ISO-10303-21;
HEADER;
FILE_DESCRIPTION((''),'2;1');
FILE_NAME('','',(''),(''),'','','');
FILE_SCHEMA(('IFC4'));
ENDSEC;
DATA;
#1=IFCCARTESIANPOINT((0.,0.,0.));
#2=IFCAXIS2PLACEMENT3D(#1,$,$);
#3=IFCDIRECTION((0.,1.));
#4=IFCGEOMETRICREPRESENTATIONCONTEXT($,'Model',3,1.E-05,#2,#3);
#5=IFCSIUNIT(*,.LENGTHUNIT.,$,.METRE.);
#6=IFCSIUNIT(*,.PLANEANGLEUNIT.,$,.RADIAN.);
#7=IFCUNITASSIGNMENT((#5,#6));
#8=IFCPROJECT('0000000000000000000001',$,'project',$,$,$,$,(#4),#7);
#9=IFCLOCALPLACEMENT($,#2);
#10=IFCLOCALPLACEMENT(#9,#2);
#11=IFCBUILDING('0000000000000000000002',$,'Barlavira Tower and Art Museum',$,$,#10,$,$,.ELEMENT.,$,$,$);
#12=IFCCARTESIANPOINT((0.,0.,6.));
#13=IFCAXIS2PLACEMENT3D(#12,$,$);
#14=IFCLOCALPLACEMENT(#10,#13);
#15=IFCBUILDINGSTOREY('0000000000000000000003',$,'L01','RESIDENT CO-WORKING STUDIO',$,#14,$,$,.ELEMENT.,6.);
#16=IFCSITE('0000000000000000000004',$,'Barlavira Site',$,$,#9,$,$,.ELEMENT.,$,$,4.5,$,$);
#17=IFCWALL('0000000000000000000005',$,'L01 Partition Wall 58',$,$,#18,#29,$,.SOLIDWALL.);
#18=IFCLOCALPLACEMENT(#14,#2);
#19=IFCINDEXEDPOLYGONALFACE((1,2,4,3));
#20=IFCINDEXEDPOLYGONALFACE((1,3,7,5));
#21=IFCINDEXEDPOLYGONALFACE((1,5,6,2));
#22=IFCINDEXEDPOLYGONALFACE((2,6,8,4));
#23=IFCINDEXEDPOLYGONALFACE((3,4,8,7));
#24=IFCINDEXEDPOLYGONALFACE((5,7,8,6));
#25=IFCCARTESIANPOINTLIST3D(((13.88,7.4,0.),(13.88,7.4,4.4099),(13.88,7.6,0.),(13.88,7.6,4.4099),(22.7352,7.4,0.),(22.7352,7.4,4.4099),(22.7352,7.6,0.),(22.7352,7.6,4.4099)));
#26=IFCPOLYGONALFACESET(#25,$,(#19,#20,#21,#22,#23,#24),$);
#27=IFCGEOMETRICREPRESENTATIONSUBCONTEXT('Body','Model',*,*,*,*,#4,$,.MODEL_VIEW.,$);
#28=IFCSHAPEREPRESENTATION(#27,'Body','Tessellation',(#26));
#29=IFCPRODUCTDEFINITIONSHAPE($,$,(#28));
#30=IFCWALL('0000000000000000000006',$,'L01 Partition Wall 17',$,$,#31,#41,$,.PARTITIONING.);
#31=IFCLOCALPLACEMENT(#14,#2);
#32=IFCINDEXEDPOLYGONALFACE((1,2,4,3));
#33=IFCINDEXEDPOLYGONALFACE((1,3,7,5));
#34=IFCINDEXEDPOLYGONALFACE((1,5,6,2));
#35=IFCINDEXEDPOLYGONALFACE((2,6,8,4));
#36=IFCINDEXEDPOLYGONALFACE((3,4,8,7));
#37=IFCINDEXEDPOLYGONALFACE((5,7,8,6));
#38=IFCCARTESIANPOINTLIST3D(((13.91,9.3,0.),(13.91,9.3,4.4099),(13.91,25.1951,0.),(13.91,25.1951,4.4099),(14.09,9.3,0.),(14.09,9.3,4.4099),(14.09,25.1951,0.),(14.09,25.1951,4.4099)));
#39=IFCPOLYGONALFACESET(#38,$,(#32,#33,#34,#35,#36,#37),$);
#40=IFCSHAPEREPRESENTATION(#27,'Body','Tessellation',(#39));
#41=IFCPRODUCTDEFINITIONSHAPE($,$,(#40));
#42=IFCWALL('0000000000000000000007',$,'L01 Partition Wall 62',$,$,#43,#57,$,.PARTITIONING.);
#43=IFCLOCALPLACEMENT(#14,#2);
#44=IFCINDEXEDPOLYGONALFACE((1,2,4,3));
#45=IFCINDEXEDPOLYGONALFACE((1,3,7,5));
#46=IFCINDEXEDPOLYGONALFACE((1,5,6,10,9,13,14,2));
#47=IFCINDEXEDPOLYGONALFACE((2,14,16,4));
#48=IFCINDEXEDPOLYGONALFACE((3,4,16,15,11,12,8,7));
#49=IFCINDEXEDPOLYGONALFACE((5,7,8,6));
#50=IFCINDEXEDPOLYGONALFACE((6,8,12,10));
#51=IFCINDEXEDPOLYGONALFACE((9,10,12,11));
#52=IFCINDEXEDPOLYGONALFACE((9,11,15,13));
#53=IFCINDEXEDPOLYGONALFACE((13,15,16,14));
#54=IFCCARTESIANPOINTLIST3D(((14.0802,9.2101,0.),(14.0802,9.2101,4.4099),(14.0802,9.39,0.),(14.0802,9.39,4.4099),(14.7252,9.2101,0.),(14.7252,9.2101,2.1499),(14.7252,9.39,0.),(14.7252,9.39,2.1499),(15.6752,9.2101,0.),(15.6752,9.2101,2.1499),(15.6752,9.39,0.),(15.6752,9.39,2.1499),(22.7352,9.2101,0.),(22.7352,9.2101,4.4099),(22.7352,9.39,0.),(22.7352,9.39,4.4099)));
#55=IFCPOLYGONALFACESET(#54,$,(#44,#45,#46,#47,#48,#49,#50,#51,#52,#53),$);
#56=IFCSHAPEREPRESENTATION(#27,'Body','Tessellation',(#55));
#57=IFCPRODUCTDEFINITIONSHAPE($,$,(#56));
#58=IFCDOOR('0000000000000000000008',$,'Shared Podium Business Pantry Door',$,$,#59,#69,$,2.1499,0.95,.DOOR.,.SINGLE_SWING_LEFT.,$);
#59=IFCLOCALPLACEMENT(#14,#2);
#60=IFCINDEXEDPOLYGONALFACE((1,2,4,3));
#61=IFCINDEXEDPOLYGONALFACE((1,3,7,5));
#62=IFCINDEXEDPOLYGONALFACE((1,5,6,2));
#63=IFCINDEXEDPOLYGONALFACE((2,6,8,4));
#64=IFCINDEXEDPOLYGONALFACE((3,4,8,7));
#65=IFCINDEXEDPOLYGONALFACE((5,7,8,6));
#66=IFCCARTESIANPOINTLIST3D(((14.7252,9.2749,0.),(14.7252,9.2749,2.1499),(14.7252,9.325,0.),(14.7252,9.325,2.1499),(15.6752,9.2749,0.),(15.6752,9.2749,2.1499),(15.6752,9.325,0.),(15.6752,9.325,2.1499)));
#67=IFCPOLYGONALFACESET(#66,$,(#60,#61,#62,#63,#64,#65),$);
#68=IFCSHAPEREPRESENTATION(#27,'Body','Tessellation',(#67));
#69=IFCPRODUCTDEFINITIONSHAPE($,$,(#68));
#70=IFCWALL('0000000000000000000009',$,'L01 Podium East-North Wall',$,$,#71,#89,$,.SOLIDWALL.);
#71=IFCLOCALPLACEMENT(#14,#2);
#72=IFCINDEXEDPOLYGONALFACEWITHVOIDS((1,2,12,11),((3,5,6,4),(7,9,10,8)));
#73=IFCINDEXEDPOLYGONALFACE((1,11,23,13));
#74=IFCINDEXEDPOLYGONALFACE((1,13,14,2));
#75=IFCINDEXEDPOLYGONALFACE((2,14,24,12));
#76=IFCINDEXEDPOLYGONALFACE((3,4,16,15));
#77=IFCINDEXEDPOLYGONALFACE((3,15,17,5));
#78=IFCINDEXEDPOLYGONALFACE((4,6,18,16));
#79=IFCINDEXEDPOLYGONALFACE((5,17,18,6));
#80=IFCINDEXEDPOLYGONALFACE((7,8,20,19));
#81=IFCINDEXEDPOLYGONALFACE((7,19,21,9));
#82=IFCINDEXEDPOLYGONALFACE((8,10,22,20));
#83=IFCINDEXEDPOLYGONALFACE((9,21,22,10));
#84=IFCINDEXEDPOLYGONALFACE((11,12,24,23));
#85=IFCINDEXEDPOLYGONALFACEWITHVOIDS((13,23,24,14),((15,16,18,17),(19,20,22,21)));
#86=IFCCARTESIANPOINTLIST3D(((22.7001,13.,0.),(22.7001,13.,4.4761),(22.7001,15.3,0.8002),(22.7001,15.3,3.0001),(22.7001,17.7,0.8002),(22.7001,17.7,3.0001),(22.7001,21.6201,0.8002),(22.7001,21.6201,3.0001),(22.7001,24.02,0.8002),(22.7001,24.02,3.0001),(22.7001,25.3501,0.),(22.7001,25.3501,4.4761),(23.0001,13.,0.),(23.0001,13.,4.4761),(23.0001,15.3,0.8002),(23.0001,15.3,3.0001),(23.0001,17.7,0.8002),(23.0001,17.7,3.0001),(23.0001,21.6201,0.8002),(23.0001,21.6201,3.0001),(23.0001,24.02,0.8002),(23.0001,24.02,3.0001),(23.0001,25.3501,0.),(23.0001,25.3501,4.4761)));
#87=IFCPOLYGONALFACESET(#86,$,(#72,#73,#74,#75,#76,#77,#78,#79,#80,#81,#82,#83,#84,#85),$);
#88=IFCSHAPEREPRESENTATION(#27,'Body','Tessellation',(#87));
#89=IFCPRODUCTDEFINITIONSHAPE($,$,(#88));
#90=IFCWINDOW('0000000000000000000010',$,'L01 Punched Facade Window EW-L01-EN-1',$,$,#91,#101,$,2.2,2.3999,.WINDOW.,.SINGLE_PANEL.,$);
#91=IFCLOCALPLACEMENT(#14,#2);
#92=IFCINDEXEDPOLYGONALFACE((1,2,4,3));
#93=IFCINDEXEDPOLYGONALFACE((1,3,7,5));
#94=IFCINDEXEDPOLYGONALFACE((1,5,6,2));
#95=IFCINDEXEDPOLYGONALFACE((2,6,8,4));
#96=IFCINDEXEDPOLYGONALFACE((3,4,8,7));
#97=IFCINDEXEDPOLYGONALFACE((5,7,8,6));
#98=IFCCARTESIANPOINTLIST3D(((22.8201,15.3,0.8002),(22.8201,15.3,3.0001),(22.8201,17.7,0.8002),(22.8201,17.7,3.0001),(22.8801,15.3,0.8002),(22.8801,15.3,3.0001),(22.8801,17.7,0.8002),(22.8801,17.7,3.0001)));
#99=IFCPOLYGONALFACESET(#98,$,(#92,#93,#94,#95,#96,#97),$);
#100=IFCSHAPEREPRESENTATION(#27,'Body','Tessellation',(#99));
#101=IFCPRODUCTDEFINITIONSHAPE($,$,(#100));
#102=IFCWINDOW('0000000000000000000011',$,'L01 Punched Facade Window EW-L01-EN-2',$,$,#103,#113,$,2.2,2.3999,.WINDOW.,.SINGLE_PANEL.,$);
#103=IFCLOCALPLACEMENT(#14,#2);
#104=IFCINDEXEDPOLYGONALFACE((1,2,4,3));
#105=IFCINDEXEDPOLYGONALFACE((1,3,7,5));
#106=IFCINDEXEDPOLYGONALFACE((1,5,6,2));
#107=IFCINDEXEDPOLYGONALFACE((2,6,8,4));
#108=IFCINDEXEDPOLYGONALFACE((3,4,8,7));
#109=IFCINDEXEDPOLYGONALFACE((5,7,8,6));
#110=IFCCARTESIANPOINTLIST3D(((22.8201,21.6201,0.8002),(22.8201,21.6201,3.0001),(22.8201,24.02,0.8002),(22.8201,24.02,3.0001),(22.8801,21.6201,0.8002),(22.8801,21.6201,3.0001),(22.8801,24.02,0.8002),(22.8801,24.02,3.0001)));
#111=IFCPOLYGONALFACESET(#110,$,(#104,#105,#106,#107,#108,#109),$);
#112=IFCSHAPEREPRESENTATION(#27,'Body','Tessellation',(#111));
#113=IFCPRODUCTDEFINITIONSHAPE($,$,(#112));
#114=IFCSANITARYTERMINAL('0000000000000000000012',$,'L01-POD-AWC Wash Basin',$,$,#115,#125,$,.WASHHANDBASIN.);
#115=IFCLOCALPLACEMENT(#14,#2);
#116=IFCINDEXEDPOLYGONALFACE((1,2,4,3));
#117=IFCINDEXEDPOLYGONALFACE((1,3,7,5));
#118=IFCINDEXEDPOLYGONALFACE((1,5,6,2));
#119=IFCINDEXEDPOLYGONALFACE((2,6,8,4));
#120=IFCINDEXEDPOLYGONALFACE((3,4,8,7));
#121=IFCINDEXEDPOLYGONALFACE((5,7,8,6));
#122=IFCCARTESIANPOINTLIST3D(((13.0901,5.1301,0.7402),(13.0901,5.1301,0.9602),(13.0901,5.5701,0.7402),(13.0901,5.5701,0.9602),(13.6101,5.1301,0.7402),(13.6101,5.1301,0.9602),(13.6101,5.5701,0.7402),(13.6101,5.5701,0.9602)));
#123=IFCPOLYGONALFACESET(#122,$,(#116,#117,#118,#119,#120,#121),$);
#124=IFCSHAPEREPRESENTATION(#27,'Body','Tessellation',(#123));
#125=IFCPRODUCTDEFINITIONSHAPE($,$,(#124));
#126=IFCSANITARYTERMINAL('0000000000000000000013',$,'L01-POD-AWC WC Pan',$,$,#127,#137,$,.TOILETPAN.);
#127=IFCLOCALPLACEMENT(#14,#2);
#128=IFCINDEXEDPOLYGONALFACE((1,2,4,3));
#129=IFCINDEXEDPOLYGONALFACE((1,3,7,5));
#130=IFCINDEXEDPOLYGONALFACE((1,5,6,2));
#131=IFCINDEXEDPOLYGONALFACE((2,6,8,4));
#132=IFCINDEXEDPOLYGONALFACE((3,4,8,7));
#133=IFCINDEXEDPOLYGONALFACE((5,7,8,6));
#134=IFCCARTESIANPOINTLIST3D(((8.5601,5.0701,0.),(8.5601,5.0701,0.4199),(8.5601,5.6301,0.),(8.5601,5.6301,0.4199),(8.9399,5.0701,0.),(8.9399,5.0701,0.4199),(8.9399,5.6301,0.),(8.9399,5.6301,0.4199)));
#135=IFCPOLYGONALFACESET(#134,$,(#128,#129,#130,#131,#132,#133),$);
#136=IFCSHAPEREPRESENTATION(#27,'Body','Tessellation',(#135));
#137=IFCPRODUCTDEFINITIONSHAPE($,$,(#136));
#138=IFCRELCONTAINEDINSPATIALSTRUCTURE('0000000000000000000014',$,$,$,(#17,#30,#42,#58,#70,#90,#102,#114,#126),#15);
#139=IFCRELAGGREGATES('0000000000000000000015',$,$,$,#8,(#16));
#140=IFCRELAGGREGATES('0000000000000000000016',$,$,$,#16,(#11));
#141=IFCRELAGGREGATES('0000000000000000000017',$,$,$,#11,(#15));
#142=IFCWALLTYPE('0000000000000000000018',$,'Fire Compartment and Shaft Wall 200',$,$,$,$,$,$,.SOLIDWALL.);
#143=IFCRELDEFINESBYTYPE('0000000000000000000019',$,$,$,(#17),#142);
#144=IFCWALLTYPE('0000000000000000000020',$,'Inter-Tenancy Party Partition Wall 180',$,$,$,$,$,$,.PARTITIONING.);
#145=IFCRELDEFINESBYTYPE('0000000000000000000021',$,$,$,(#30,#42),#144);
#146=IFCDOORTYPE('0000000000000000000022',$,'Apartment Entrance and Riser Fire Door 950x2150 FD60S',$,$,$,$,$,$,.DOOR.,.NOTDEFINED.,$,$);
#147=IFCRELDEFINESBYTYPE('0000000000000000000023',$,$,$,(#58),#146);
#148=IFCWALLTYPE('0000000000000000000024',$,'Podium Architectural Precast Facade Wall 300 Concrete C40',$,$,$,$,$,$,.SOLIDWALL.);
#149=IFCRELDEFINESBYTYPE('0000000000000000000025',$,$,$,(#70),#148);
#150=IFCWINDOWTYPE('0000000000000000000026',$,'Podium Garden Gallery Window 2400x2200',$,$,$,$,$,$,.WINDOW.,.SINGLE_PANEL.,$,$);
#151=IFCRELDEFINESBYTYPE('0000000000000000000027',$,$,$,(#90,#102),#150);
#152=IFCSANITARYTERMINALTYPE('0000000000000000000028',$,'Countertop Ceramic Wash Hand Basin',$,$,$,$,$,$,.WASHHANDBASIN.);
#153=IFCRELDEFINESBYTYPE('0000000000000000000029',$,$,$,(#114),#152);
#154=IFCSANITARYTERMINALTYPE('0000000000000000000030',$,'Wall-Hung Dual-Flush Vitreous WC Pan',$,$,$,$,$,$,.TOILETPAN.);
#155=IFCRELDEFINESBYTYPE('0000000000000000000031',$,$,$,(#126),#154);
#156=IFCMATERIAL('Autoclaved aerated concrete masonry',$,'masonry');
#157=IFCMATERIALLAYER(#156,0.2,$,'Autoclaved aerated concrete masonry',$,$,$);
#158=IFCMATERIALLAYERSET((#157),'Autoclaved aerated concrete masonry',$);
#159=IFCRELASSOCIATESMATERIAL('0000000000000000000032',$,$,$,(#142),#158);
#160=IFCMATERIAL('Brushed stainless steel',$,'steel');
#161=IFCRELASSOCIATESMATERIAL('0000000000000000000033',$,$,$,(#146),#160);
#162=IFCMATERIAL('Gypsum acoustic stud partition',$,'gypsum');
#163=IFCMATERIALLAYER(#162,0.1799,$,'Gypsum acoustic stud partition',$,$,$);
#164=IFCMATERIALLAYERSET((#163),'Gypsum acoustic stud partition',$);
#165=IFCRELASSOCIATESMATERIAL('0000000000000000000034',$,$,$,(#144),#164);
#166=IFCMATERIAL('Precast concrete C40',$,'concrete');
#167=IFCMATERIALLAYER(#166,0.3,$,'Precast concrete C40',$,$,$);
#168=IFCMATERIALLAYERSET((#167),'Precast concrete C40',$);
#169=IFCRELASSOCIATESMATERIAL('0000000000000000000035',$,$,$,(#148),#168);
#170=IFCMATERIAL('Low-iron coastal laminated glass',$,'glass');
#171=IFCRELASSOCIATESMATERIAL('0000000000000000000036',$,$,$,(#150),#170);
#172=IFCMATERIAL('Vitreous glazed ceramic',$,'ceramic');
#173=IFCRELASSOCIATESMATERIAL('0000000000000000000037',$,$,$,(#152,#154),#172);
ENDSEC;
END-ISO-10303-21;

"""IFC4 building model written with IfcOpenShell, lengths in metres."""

from ifc_helpers import new_model, si_unit, direction, frame, frame_2d, origin, origin_2d, place, context, subcontext, project, spatial, rectangle, extrude, material, layer, layer_set, type_object, element, fill, save


model = new_model("IFC4")

# Units and contexts
model_context = context("Model", 3, precision=1e-05, world=origin(), true_north=direction((0.0, 1.0)))
body_context = subcontext(model_context, "Body", "Model", "MODEL_VIEW")
ifc_project = project(units=[si_unit("LENGTHUNIT", "METRE"), si_unit("PLANEANGLEUNIT", "RADIAN")], contexts=[model_context])

# Site, building, storey
site_placement = place(None, origin())
site = spatial("IfcSite", under=ifc_project, at=site_placement, Name="Barlavira Site", CompositionType="ELEMENT", RefElevation=4.5)
building_placement = place(site_placement, origin())
building = spatial("IfcBuilding", under=site, at=building_placement, Name="Barlavira Tower and Art Museum", CompositionType="ELEMENT")
storey_placement = place(building_placement, frame((0.0, 0.0, 6.0)))
storey = spatial("IfcBuildingStorey", under=building, at=storey_placement, Name="L01", Description="RESIDENT CO-WORKING STUDIO", CompositionType="ELEMENT", Elevation=6.0)

# Shared definitions
ifc_material_1 = material(Name="Low-iron coastal laminated glass", Category="glass")

# Shared definitions
ifc_material_2 = material(Name="Autoclaved aerated concrete masonry", Category="masonry")
ifc_layer_1 = layer(ifc_material_2, 0.2, Name="Autoclaved aerated concrete masonry")
ifc_layer_set_1 = layer_set([ifc_layer_1], Name="Autoclaved aerated concrete masonry")
wall_type_1 = type_object("IfcWallType", Name="Fire Compartment and Shaft Wall 200", PredefinedType="SOLIDWALL", material=ifc_layer_set_1)

# Shared definitions
ifc_material_3 = material(Name="Brushed stainless steel", Category="steel")
door_type = type_object("IfcDoorType", Name="Apartment Entrance and Riser Fire Door 950x2150 FD60S", OperationType="NOTDEFINED", PredefinedType="DOOR", material=ifc_material_3)

# Walls
wall_1_placement = place(storey_placement, frame((13.8799, 7.5, 0.0), z_axis=(0.0, 0.0, 1.0), x_axis=(1.0, 0.0, 0.0)))
element("IfcWall", 1, at=wall_1_placement, inside=storey, type_object=wall_type_1, Name="L01 Partition Wall 58", PredefinedType="SOLIDWALL", context=body_context, shape_type="SweptSolid", body=[
    extrude(rectangle(XDim=8.8552, YDim=0.2, at=frame_2d((4.4277, 0.0))), origin(), (0.0, 0.0, 1.0), 4.4099),
])
ifc_material_4 = material(Name="Gypsum acoustic stud partition", Category="gypsum")
ifc_layer_2 = layer(ifc_material_4, 0.1799, Name="Gypsum acoustic stud partition")
ifc_layer_set_2 = layer_set([ifc_layer_2], Name="Gypsum acoustic stud partition")
wall_type_2 = type_object("IfcWallType", Name="Inter-Tenancy Party Partition Wall 180", PredefinedType="PARTITIONING", material=ifc_layer_set_2)
wall_2_placement = place(storey_placement, frame((14.0, 9.3, 0.0), z_axis=(0.0, 0.0, 1.0), x_axis=(0.0, 1.0, 0.0)))
element("IfcWall", 2, at=wall_2_placement, inside=storey, type_object=wall_type_2, Name="L01 Partition Wall 17", PredefinedType="PARTITIONING", context=body_context, shape_type="SweptSolid", body=[
    extrude(rectangle(XDim=15.895, YDim=0.1799, at=frame_2d((7.9475, 0.0))), origin(), (0.0, 0.0, 1.0), 4.4099),
])

# Wall, opening, door
wall_3_placement = place(storey_placement, frame((14.0801, 9.3, 0.0), z_axis=(0.0, 0.0, 1.0), x_axis=(1.0, 0.0, 0.0)))
wall_3 = element("IfcWall", 3, at=wall_3_placement, inside=storey, type_object=wall_type_2, Name="L01 Partition Wall 62", PredefinedType="PARTITIONING", context=body_context, shape_type="SweptSolid", body=[
    extrude(rectangle(XDim=8.655, YDim=0.1799, at=frame_2d((4.3276, 0.0))), origin(), (0.0, 0.0, 1.0), 4.4099),
])
opening_1_placement = place(wall_3_placement, frame((0.645, 0.0, 0.0)))
opening_1 = element("IfcOpeningElement", 4, at=opening_1_placement, cuts=wall_3, PredefinedType="OPENING", context=body_context, shape_type="SweptSolid", body=[
    extrude(rectangle(XDim=0.95, YDim=2.1499, at=frame_2d((0.4751, 1.075))), frame((0.0, 0.1001, 0.0), z_axis=(0.0, -1.0, 0.0), x_axis=(1.0, 0.0, 0.0)), (0.0, 0.0, 1.0), 0.2),
])
door_1_placement = place(opening_1_placement, origin())
door_1 = element("IfcDoor", 5, at=door_1_placement, inside=storey, type_object=door_type, Name="Shared Podium Business Pantry Door", OperationType="SINGLE_SWING_LEFT", OverallHeight=2.1499, OverallWidth=0.95, PredefinedType="DOOR", context=body_context, shape_type="SweptSolid", body=[
    extrude(rectangle(XDim=0.95, YDim=2.1499, at=frame_2d((0.4751, 1.075))), frame((0.0, 0.0249, 0.0), z_axis=(0.0, -1.0, 0.0), x_axis=(1.0, 0.0, 0.0)), (0.0, 0.0, 1.0), 0.05),
])
fill(opening_1, door_1)

# Wall, openings, windows
ifc_material_5 = material(Name="Precast concrete C40", Category="concrete")
ifc_layer_3 = layer(ifc_material_5, 0.3, Name="Precast concrete C40")
ifc_layer_set_3 = layer_set([ifc_layer_3], Name="Precast concrete C40")
wall_type_3 = type_object("IfcWallType", Name="Podium Architectural Precast Facade Wall 300 Concrete C40", PredefinedType="SOLIDWALL", material=ifc_layer_set_3)
wall_4_placement = place(storey_placement, frame((22.8501, 13.0, 0.0), z_axis=(0.0, 0.0, 1.0), x_axis=(0.0, 1.0, 0.0)))
wall_4 = element("IfcWall", 6, at=wall_4_placement, inside=storey, type_object=wall_type_3, Name="L01 Podium East-North Wall", PredefinedType="SOLIDWALL", context=body_context, shape_type="SweptSolid", body=[
    extrude(rectangle(XDim=12.3501, YDim=0.3, at=frame_2d((6.175, 0.0))), origin(), (0.0, 0.0, 1.0), 4.4761),
])
opening_2_placement = place(wall_4_placement, frame((2.3, 0.0, 0.8)))
opening_2 = element("IfcOpeningElement", 7, at=opening_2_placement, cuts=wall_4, PredefinedType="OPENING", context=body_context, shape_type="SweptSolid", body=[
    extrude(rectangle(XDim=2.3999, YDim=2.2, at=frame_2d((1.2, 1.1001))), frame((0.0, 0.1602, 0.0), z_axis=(0.0, -1.0, 0.0), x_axis=(1.0, 0.0, 0.0)), (0.0, 0.0, 1.0), 0.3201),
])
opening_3_placement = place(wall_4_placement, frame((8.6201, 0.0, 0.8)))
opening_3 = element("IfcOpeningElement", 8, at=opening_3_placement, cuts=wall_4, PredefinedType="OPENING", context=body_context, shape_type="SweptSolid", body=[
    extrude(rectangle(XDim=2.3999, YDim=2.2, at=frame_2d((1.2, 1.1001))), frame((0.0, 0.1602, 0.0), z_axis=(0.0, -1.0, 0.0), x_axis=(1.0, 0.0, 0.0)), (0.0, 0.0, 1.0), 0.3201),
])
window_type = type_object("IfcWindowType", Name="Podium Garden Gallery Window 2400x2200", PartitioningType="SINGLE_PANEL", PredefinedType="WINDOW", material=ifc_material_1)
window_1_placement = place(opening_2_placement, origin())
window_1 = element("IfcWindow", 9, at=window_1_placement, inside=storey, type_object=window_type, Name="L01 Punched Facade Window EW-L01-EN-1", OverallHeight=2.2, OverallWidth=2.3999, PartitioningType="SINGLE_PANEL", PredefinedType="WINDOW", context=body_context, shape_type="SweptSolid", body=[
    extrude(rectangle(XDim=2.3999, YDim=2.2, at=frame_2d((1.2, 1.1001))), frame((0.0, 0.03, 0.0), z_axis=(0.0, -1.0, 0.0), x_axis=(1.0, 0.0, 0.0)), (0.0, 0.0, 1.0), 0.0601),
])
fill(opening_2, window_1)
window_2_placement = place(opening_3_placement, origin())
window_2 = element("IfcWindow", 10, at=window_2_placement, inside=storey, type_object=window_type, Name="L01 Punched Facade Window EW-L01-EN-2", OverallHeight=2.2, OverallWidth=2.3999, PartitioningType="SINGLE_PANEL", PredefinedType="WINDOW", context=body_context, shape_type="SweptSolid", body=[
    extrude(rectangle(XDim=2.3999, YDim=2.2, at=frame_2d((1.2, 1.1001))), frame((0.0, 0.03, 0.0), z_axis=(0.0, -1.0, 0.0), x_axis=(1.0, 0.0, 0.0)), (0.0, 0.0, 1.0), 0.0601),
])
fill(opening_3, window_2)

# Sanitary terminals
ifc_material_6 = material(Name="Vitreous glazed ceramic", Category="ceramic")
sanitary_terminal_type_1 = type_object("IfcSanitaryTerminalType", Name="Countertop Ceramic Wash Hand Basin", PredefinedType="WASHHANDBASIN", material=ifc_material_6)
sanitary_terminal_1_placement = place(storey_placement, frame((13.3501, 5.3501, 0.7402), z_axis=(0.0, 0.0, 1.0), x_axis=(1.0, 0.0, 0.0)))
element("IfcSanitaryTerminal", 11, at=sanitary_terminal_1_placement, inside=storey, type_object=sanitary_terminal_type_1, Name="L01-POD-AWC Wash Basin", PredefinedType="WASHHANDBASIN", context=body_context, shape_type="SweptSolid", body=[
    extrude(rectangle(XDim=0.52, YDim=0.4399, at=origin_2d()), origin(), (0.0, 0.0, 1.0), 0.22),
])
sanitary_terminal_type_2 = type_object("IfcSanitaryTerminalType", Name="Wall-Hung Dual-Flush Vitreous WC Pan", PredefinedType="TOILETPAN", material=ifc_material_6)
sanitary_terminal_2_placement = place(storey_placement, frame((8.75, 5.3501, 0.0), z_axis=(0.0, 0.0, 1.0), x_axis=(1.0, 0.0, 0.0)))
element("IfcSanitaryTerminal", 12, at=sanitary_terminal_2_placement, inside=storey, type_object=sanitary_terminal_type_2, Name="L01-POD-AWC WC Pan", PredefinedType="TOILETPAN", context=body_context, shape_type="SweptSolid", body=[
    extrude(rectangle(XDim=0.3799, YDim=0.5601, at=origin_2d()), origin(), (0.0, 0.0, 1.0), 0.4199),
])

save(model, "model.ifc")
